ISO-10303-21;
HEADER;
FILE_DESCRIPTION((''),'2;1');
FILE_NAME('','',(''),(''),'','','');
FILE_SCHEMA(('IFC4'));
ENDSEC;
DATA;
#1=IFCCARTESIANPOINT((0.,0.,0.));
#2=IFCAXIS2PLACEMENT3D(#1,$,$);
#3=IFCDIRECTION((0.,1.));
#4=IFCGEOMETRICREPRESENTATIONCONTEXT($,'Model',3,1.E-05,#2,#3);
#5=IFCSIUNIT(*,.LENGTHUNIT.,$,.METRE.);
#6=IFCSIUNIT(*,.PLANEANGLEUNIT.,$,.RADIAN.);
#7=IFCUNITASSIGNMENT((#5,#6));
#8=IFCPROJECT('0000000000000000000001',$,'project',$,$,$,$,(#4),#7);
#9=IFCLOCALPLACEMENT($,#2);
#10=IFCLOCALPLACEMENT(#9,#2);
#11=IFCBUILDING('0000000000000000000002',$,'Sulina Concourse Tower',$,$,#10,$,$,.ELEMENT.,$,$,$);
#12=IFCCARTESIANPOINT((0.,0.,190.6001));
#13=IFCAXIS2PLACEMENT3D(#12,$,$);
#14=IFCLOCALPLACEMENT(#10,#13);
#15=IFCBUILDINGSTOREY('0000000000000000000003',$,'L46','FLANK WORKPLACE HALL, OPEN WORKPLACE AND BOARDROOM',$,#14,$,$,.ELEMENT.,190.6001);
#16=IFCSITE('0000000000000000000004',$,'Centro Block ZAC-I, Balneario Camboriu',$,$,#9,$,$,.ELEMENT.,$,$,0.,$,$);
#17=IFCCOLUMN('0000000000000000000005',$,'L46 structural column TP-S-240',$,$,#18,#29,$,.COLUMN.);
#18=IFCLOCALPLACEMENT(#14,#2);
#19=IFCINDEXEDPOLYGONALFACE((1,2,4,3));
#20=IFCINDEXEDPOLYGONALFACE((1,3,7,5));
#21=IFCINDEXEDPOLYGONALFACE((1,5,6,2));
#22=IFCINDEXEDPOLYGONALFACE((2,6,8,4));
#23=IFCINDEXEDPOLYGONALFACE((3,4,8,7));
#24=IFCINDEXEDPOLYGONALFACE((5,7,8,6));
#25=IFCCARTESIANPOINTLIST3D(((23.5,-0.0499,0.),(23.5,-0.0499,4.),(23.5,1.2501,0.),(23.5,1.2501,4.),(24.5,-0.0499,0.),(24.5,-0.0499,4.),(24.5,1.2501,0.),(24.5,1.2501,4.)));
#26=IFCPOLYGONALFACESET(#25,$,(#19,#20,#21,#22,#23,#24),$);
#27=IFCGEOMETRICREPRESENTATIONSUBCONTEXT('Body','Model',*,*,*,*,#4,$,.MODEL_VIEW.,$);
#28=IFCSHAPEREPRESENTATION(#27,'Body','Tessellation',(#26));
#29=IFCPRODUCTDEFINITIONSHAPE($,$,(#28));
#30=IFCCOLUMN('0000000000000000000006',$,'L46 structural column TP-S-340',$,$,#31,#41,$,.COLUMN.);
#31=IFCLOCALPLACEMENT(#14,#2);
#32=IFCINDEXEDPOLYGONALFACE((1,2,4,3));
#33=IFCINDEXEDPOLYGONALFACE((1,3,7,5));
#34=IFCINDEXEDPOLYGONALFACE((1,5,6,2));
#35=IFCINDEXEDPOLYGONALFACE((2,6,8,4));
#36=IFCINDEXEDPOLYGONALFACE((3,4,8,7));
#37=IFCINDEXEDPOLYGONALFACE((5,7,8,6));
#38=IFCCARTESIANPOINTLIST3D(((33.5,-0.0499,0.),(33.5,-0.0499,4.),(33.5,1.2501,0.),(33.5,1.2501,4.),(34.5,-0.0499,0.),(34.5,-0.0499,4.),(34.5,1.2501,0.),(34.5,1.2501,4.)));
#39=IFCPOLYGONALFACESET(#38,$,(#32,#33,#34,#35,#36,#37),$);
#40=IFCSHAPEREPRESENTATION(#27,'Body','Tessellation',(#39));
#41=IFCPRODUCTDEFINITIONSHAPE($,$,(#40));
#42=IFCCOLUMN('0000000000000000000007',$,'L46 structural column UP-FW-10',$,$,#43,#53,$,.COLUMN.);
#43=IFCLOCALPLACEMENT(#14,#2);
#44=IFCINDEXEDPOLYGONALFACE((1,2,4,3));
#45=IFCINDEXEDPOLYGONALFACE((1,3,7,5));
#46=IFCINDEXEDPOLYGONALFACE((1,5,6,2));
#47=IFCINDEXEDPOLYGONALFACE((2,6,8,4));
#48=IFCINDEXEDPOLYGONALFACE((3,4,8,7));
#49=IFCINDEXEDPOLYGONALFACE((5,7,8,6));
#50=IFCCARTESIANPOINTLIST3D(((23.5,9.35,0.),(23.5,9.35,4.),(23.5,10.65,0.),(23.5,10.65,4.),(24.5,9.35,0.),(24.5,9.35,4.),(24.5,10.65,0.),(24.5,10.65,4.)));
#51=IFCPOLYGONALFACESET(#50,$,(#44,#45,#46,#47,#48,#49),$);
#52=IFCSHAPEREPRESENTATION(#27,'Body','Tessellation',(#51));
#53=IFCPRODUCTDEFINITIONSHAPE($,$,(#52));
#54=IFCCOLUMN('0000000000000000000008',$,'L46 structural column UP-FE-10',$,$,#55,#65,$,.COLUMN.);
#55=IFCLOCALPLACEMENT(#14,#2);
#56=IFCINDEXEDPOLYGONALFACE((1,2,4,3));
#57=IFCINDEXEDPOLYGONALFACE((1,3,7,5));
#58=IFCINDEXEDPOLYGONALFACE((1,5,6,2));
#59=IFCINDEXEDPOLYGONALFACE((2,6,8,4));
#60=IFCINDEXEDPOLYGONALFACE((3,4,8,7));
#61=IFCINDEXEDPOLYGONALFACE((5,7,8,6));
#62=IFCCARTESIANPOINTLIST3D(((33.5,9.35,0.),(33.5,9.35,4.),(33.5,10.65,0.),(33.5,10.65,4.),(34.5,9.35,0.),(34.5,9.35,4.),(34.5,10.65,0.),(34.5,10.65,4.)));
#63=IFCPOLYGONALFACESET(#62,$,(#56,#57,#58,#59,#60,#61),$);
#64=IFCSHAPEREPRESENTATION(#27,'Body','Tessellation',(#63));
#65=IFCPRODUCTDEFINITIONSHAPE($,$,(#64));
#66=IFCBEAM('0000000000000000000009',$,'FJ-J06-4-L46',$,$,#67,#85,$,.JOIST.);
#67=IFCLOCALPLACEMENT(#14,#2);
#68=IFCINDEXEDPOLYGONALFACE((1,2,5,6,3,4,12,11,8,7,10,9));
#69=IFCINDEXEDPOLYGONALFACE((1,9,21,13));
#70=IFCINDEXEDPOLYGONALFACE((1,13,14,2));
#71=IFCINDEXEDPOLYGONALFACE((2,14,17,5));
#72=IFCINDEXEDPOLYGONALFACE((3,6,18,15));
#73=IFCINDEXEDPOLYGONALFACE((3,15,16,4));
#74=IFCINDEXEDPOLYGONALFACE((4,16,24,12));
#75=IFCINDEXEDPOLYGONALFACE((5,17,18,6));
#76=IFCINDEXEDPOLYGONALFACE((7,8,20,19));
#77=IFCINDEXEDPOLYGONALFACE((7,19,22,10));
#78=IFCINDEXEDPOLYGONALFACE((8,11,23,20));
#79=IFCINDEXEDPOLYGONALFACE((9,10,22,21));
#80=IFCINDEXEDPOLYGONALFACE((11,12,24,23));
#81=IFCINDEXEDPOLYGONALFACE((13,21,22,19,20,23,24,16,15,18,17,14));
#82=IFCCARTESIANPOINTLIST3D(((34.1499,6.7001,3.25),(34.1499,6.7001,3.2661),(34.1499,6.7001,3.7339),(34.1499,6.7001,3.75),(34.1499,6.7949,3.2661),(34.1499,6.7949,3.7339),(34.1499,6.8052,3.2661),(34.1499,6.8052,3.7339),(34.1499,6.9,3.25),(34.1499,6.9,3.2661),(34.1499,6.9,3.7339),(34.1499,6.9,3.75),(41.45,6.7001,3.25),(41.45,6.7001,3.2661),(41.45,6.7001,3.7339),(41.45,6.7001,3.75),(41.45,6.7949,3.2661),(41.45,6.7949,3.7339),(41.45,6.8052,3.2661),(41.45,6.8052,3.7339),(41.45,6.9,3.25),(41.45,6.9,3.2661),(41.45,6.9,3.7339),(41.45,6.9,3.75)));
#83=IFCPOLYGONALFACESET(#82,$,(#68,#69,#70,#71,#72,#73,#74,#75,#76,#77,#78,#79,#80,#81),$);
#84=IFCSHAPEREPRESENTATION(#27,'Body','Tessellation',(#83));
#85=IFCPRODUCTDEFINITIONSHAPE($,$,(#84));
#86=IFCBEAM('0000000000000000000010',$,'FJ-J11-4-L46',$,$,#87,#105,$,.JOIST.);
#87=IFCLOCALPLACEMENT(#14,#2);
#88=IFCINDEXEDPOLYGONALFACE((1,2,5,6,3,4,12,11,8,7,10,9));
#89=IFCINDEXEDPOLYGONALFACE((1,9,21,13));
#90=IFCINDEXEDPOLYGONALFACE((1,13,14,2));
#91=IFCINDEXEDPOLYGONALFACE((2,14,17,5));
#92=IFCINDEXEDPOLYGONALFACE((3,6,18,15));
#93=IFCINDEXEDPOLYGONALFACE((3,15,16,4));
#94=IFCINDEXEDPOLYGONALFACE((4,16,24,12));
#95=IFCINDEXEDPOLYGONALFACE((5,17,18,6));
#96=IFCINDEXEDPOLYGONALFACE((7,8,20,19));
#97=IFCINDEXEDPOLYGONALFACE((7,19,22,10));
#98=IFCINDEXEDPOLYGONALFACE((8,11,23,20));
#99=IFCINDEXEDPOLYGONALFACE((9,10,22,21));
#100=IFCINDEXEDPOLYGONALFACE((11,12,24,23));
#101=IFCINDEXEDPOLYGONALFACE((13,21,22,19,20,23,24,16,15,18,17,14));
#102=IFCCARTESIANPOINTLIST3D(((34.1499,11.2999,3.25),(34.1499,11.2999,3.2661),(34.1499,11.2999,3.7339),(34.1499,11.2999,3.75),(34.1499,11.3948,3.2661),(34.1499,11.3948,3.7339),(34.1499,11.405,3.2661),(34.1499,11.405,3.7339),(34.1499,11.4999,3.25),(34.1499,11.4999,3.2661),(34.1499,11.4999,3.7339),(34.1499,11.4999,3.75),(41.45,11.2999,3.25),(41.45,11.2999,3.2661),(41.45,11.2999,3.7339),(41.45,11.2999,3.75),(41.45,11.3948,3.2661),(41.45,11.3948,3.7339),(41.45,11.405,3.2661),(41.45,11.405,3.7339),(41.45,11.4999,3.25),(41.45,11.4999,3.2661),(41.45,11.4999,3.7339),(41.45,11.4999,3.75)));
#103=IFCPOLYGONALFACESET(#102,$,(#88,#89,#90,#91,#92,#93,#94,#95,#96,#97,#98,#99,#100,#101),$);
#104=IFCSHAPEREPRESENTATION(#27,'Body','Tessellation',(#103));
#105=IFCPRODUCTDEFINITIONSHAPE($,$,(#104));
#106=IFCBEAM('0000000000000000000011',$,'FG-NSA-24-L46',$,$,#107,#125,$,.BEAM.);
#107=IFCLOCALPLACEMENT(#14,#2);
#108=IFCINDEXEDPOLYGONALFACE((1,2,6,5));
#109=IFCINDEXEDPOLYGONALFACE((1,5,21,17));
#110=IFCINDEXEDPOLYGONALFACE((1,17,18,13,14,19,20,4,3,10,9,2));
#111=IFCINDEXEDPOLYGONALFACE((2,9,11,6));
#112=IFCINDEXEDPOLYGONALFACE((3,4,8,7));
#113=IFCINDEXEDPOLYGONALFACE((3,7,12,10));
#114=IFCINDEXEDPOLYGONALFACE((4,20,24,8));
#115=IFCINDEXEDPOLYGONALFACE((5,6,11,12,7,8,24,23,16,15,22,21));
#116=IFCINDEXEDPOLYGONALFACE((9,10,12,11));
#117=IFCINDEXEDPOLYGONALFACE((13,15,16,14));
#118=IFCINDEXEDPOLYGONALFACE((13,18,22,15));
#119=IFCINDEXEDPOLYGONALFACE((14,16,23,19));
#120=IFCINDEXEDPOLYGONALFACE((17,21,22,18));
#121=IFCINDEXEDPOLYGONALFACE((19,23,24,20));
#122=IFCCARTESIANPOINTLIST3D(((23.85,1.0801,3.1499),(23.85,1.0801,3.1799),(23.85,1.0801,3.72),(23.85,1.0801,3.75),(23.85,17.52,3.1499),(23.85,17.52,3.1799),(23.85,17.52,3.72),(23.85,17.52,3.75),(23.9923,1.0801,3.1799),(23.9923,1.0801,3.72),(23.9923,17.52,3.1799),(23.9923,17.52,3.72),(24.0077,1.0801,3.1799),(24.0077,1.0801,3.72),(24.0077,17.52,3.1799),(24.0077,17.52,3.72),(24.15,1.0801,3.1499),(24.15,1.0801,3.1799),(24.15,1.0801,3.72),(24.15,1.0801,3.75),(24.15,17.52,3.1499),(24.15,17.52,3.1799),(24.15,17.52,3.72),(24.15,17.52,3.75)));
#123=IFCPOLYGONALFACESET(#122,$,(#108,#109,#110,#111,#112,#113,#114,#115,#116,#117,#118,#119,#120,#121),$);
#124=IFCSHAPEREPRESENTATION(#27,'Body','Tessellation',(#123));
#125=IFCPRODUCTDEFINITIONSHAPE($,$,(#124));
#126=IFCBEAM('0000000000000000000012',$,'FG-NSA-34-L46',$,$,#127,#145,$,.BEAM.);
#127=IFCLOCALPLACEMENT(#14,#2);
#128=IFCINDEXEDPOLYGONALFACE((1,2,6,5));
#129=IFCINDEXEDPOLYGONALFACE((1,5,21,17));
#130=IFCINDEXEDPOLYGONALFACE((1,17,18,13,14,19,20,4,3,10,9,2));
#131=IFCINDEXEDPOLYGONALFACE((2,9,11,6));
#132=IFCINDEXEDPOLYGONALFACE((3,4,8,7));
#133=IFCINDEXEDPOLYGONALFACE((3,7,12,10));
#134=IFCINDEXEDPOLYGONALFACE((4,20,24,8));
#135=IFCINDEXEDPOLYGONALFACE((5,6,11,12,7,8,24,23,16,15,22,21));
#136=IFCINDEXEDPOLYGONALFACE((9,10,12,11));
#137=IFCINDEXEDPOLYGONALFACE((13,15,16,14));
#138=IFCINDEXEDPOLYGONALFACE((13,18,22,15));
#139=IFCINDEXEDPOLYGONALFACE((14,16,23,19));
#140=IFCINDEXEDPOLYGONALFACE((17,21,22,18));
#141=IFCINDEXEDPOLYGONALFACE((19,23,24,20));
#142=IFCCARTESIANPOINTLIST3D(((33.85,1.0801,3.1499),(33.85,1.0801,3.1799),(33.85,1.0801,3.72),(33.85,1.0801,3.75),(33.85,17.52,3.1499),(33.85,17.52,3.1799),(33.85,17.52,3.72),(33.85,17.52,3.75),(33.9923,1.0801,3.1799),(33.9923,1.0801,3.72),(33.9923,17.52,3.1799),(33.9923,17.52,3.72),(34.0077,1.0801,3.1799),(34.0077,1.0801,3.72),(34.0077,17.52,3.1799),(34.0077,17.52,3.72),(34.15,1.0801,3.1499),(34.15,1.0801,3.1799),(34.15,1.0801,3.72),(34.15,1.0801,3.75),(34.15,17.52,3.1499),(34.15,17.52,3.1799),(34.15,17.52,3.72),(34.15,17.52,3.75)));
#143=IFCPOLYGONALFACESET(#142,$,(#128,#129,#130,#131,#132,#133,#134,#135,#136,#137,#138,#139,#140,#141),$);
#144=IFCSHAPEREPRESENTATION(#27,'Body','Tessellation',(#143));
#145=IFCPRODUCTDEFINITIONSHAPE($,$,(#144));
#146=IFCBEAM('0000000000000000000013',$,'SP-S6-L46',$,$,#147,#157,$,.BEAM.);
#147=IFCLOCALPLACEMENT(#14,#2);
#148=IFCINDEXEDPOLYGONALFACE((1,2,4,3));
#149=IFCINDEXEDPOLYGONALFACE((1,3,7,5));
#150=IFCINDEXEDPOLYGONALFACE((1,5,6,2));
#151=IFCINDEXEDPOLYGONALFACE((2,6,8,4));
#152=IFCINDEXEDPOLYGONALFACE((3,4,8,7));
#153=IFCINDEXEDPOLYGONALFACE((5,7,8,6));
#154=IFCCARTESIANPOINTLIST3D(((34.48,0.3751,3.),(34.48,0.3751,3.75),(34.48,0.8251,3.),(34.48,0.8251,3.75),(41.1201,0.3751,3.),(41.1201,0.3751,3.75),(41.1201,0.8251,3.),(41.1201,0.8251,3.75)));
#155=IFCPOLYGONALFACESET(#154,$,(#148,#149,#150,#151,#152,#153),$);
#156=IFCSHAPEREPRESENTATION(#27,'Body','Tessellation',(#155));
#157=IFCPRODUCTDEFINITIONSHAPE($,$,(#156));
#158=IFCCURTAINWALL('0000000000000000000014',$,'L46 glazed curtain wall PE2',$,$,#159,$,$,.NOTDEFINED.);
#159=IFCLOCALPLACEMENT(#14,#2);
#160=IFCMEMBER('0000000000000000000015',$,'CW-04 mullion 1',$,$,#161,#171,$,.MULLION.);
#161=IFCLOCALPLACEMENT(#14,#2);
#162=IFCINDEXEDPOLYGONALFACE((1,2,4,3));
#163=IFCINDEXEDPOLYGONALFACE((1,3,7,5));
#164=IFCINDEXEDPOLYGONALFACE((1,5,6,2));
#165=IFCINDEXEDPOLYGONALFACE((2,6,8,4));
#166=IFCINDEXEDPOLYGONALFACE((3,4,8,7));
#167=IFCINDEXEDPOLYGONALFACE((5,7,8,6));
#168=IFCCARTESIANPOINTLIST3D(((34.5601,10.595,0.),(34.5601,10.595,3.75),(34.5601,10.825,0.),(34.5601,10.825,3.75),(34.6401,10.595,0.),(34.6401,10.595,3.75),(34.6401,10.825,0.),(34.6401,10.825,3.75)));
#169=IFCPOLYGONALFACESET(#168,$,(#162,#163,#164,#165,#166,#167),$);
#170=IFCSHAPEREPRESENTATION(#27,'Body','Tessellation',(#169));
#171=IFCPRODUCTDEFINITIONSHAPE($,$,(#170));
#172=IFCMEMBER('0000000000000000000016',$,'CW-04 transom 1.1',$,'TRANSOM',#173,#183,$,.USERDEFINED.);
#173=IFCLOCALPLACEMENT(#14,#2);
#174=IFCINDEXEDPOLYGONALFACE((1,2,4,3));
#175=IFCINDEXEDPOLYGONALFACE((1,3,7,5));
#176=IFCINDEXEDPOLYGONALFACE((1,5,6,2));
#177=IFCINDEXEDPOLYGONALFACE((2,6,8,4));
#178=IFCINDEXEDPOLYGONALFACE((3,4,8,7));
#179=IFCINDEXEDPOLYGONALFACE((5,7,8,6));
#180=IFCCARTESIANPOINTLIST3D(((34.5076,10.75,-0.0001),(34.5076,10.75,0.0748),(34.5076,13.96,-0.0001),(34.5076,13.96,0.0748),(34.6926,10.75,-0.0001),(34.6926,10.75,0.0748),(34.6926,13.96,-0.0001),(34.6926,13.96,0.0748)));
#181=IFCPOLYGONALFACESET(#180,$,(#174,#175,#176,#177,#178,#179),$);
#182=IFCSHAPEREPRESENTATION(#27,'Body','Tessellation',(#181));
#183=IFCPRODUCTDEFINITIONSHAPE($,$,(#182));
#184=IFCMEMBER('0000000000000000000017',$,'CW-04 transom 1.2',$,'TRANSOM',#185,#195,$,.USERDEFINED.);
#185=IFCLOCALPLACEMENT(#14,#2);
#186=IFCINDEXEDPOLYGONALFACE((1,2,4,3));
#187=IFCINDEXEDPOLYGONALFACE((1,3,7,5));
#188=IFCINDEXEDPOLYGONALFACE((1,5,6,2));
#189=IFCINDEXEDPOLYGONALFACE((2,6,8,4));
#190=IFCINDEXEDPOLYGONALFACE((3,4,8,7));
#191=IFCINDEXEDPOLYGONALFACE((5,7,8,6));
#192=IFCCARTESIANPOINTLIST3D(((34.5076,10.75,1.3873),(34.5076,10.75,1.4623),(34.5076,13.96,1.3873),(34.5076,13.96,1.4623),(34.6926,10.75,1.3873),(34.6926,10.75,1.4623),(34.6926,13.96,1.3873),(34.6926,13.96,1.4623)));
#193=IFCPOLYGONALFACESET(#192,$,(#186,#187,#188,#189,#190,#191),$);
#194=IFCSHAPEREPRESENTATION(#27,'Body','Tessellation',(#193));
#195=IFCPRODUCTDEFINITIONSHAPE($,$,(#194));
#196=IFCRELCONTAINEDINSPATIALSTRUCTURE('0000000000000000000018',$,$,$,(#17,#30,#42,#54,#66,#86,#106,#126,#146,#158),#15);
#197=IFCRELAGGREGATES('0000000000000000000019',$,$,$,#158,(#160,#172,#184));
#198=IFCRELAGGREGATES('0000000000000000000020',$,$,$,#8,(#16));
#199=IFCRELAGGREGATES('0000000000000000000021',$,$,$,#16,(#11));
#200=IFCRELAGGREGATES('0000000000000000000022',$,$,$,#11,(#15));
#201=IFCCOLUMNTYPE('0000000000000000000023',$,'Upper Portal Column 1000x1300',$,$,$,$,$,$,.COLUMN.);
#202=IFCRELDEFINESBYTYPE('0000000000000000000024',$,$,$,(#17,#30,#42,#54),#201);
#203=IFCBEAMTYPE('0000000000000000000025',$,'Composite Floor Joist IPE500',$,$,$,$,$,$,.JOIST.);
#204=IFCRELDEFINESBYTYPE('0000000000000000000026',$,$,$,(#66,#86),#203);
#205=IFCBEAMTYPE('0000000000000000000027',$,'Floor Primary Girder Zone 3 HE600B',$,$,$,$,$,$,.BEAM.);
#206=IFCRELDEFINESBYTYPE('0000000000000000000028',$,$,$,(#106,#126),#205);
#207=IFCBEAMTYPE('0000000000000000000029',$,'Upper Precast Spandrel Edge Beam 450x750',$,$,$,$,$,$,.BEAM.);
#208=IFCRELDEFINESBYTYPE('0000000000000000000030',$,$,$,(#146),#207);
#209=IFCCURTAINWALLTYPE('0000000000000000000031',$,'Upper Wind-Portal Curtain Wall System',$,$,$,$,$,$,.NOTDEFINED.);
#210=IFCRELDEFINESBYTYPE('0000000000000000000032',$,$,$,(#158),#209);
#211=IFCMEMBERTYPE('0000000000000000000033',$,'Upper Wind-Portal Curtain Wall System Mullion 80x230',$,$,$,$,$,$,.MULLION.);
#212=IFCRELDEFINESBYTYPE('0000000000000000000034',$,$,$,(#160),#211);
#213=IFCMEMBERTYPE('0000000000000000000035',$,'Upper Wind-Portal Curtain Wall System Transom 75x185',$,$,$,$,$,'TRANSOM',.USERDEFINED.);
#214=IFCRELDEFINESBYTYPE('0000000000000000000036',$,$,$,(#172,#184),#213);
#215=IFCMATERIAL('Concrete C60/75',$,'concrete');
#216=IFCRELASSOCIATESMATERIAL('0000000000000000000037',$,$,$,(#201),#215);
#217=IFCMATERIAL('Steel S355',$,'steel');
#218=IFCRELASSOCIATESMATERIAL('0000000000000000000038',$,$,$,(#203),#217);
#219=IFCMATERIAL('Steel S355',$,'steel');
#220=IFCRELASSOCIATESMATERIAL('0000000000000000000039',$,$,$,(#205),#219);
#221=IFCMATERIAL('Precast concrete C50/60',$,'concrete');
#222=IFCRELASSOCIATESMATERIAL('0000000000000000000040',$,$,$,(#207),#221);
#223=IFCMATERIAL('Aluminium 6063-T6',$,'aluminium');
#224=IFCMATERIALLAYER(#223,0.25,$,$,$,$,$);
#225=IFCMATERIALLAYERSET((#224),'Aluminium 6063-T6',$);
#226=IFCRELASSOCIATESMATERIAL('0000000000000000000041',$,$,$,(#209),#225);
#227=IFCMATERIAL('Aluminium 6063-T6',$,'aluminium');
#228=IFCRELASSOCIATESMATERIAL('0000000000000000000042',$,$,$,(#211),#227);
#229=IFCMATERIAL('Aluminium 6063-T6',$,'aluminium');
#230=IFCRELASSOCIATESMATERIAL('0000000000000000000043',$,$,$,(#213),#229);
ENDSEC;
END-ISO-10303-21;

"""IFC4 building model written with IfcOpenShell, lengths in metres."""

from ifc_helpers import new_model, si_unit, direction, frame, origin, origin_2d, place, context, subcontext, project, spatial, rectangle, i_section, extrude, material, layer, layer_set, material_profile, profile_set, type_object, element, aggregate, save


model = new_model("IFC4")

# Units and contexts
model_context = context("Model", 3, precision=1e-05, world=origin(), true_north=direction((0.0, 1.0)))
body_context = subcontext(model_context, "Body", "Model", "MODEL_VIEW")
ifc_project = project(units=[si_unit("LENGTHUNIT", "METRE"), si_unit("PLANEANGLEUNIT", "RADIAN")], contexts=[model_context])

# Site, building, storey
site_placement = place(None, origin())
site = spatial("IfcSite", under=ifc_project, at=site_placement, Name="Centro Block ZAC-I, Balneario Camboriu", CompositionType="ELEMENT", RefElevation=0.0)
building_placement = place(site_placement, origin())
building = spatial("IfcBuilding", under=site, at=building_placement, Name="Sulina Concourse Tower", CompositionType="ELEMENT")
storey_placement = place(building_placement, frame((0.0, 0.0, 190.6001)))
storey = spatial("IfcBuildingStorey", under=building, at=storey_placement, Name="L46", Description="FLANK WORKPLACE HALL, OPEN WORKPLACE AND BOARDROOM", CompositionType="ELEMENT", Elevation=190.6001)

# Columns
ifc_material_1 = material(Name="Concrete C60/75", Category="concrete")
ifc_material_profile_1 = material_profile(ifc_material_1, rectangle(XDim=1.0, YDim=1.3, at=origin_2d()), Name="RC 1000x1300")
ifc_profile_set_1 = profile_set([ifc_material_profile_1], Name="Concrete C60/75")
column_type = type_object("IfcColumnType", Name="Upper Portal Column 1000x1300", PredefinedType="COLUMN", material=ifc_profile_set_1)
for number, where, z_axis, x_axis, name in (
    (1, (24.0, 0.6001, 0.0), (0.0, 0.0, 1.0), (1.0, 0.0, 0.0), "L46 structural column TP-S-240"),
    (2, (34.0, 0.6001, 0.0), (0.0, 0.0, 1.0), (1.0, 0.0, 0.0), "L46 structural column TP-S-340"),
    (3, (24.0, 10.0, 0.0), (0.0, 0.0, 1.0), (1.0, 0.0, 0.0), "L46 structural column UP-FW-10"),
    (4, (34.0, 10.0, 0.0), (0.0, 0.0, 1.0), (1.0, 0.0, 0.0), "L46 structural column UP-FE-10"),
):
    element("IfcColumn", number, at=place(storey_placement, frame(where, z_axis=z_axis, x_axis=x_axis)), inside=storey, type_object=column_type, Name=name, PredefinedType="COLUMN", context=body_context, shape_type="SweptSolid", body=[
        extrude(rectangle(XDim=1.0, YDim=1.3, at=origin_2d()), origin(), (0.0, 0.0, 1.0), 4.0),
    ])

# Beams
ifc_material_2 = material(Name="Steel S355", Category="steel")
ifc_material_profile_2 = material_profile(ifc_material_2, i_section(OverallWidth=0.2, OverallDepth=0.5, WebThickness=0.0103, FlangeThickness=0.0161, at=origin_2d()), Name="IPE 500")
ifc_profile_set_2 = profile_set([ifc_material_profile_2], Name="Steel S355")
beam_type_1 = type_object("IfcBeamType", Name="Composite Floor Joist IPE500", PredefinedType="JOIST", material=ifc_profile_set_2)
for number, where, z_axis, x_axis, name in (
    (5, (34.1499, 6.8, 3.5), (1.0, 0.0, 0.0), (0.0, 1.0, 0.0), "FJ-J06-4-L46"),
    (6, (34.1499, 11.3999, 3.5), (1.0, 0.0, 0.0), (0.0, 1.0, 0.0), "FJ-J11-4-L46"),
):
    element("IfcBeam", number, at=place(storey_placement, frame(where, z_axis=z_axis, x_axis=x_axis)), inside=storey, type_object=beam_type_1, Name=name, PredefinedType="JOIST", context=body_context, shape_type="SweptSolid", body=[
        extrude(i_section(OverallWidth=0.2, OverallDepth=0.5, WebThickness=0.0103, FlangeThickness=0.0161, at=origin_2d()), origin(), (0.0, 0.0, 1.0), 7.3),
    ])
ifc_material_3 = material(Name="Steel S355", Category="steel")
ifc_material_profile_3 = material_profile(ifc_material_3, i_section(OverallWidth=0.3, OverallDepth=0.6001, WebThickness=0.0154, FlangeThickness=0.03, at=origin_2d()), Name="HE 600 B")
ifc_profile_set_3 = profile_set([ifc_material_profile_3], Name="Steel S355")
beam_type_2 = type_object("IfcBeamType", Name="Floor Primary Girder Zone 3 HE600B", PredefinedType="BEAM", material=ifc_profile_set_3)
for number, where, z_axis, x_axis, name in (
    (7, (24.0, 1.0801, 3.45), (0.0, 1.0, 0.0), (-1.0, 0.0, 0.0), "FG-NSA-24-L46"),
    (8, (34.0, 1.0801, 3.45), (0.0, 1.0, 0.0), (-1.0, 0.0, 0.0), "FG-NSA-34-L46"),
):
    element("IfcBeam", number, at=place(storey_placement, frame(where, z_axis=z_axis, x_axis=x_axis)), inside=storey, type_object=beam_type_2, Name=name, PredefinedType="BEAM", context=body_context, shape_type="SweptSolid", body=[
        extrude(i_section(OverallWidth=0.3, OverallDepth=0.6001, WebThickness=0.0154, FlangeThickness=0.03, at=origin_2d()), origin(), (0.0, 0.0, 1.0), 16.4399),
    ])
ifc_material_4 = material(Name="Precast concrete C50/60", Category="concrete")
ifc_material_profile_4 = material_profile(ifc_material_4, rectangle(XDim=0.45, YDim=0.75, at=origin_2d()), Name="RC 450x750")
ifc_profile_set_4 = profile_set([ifc_material_profile_4], Name="Precast concrete C50/60")
beam_type_3 = type_object("IfcBeamType", Name="Upper Precast Spandrel Edge Beam 450x750", PredefinedType="BEAM", material=ifc_profile_set_4)
beam_placement = place(storey_placement, frame((34.48, 0.6001, 3.375), z_axis=(1.0, 0.0, 0.0), x_axis=(0.0, 1.0, 0.0)))
element("IfcBeam", 9, at=beam_placement, inside=storey, type_object=beam_type_3, Name="SP-S6-L46", PredefinedType="BEAM", context=body_context, shape_type="SweptSolid", body=[
    extrude(rectangle(XDim=0.45, YDim=0.75, at=origin_2d()), origin(), (0.0, 0.0, 1.0), 6.6401),
])

# Curtain wall, members
ifc_material_5 = material(Name="Aluminium 6063-T6", Category="aluminium")
ifc_layer_1 = layer(ifc_material_5, 0.25)
ifc_layer_set_1 = layer_set([ifc_layer_1], Name="Aluminium 6063-T6")
curtain_wall_type = type_object("IfcCurtainWallType", Name="Upper Wind-Portal Curtain Wall System", PredefinedType="NOTDEFINED", material=ifc_layer_set_1)
curtain_wall_placement = place(storey_placement, origin())
curtain_wall = element("IfcCurtainWall", 10, at=curtain_wall_placement, inside=storey, type_object=curtain_wall_type, Name="L46 glazed curtain wall PE2", PredefinedType="NOTDEFINED")
ifc_material_6 = material(Name="Aluminium 6063-T6", Category="aluminium")
ifc_material_profile_5 = material_profile(ifc_material_6, rectangle(XDim=0.0801, YDim=0.23, at=origin_2d()), Name="MUL 80x230")
ifc_profile_set_5 = profile_set([ifc_material_profile_5], Name="Aluminium 6063-T6")
member_type_1 = type_object("IfcMemberType", Name="Upper Wind-Portal Curtain Wall System Mullion 80x230", PredefinedType="MULLION", material=ifc_profile_set_5)
member_1_placement = place(storey_placement, frame((34.6001, 10.71, 0.0), z_axis=(0.0, 0.0, 1.0), x_axis=(-1.0, 0.0, 0.0)))
member_1 = element("IfcMember", 11, at=member_1_placement, type_object=member_type_1, Name="CW-04 mullion 1", PredefinedType="MULLION", context=body_context, shape_type="SweptSolid", body=[
    extrude(rectangle(XDim=0.0801, YDim=0.23, at=origin_2d()), origin(), (0.0, 0.0, 1.0), 3.75),
])
ifc_material_7 = material(Name="Aluminium 6063-T6", Category="aluminium")
ifc_material_profile_6 = material_profile(ifc_material_7, rectangle(XDim=0.1851, YDim=0.075, at=origin_2d()), Name="TRN 75x185")
ifc_profile_set_6 = profile_set([ifc_material_profile_6], Name="Aluminium 6063-T6")
member_type_2 = type_object("IfcMemberType", Name="Upper Wind-Portal Curtain Wall System Transom 75x185", ElementType="TRANSOM", PredefinedType="USERDEFINED", material=ifc_profile_set_6)
member_2_placement = place(storey_placement, frame((34.6001, 10.75, 0.0374), z_axis=(0.0, 1.0, 0.0), x_axis=(-1.0, 0.0, 0.0)))
member_2 = element("IfcMember", 12, at=member_2_placement, type_object=member_type_2, Name="CW-04 transom 1.1", ObjectType="TRANSOM", PredefinedType="USERDEFINED", context=body_context, shape_type="SweptSolid", body=[
    extrude(rectangle(XDim=0.1851, YDim=0.075, at=origin_2d()), origin(), (0.0, 0.0, 1.0), 3.21),
])
member_3_placement = place(storey_placement, frame((34.6001, 10.75, 1.4248), z_axis=(0.0, 1.0, 0.0), x_axis=(-1.0, 0.0, 0.0)))
member_3 = element("IfcMember", 13, at=member_3_placement, type_object=member_type_2, Name="CW-04 transom 1.2", ObjectType="TRANSOM", PredefinedType="USERDEFINED", context=body_context, shape_type="SweptSolid", body=[
    extrude(rectangle(XDim=0.1851, YDim=0.075, at=origin_2d()), origin(), (0.0, 0.0, 1.0), 3.21),
])
aggregate(curtain_wall, [member_1, member_2, member_3])

save(model, "model.ifc")
